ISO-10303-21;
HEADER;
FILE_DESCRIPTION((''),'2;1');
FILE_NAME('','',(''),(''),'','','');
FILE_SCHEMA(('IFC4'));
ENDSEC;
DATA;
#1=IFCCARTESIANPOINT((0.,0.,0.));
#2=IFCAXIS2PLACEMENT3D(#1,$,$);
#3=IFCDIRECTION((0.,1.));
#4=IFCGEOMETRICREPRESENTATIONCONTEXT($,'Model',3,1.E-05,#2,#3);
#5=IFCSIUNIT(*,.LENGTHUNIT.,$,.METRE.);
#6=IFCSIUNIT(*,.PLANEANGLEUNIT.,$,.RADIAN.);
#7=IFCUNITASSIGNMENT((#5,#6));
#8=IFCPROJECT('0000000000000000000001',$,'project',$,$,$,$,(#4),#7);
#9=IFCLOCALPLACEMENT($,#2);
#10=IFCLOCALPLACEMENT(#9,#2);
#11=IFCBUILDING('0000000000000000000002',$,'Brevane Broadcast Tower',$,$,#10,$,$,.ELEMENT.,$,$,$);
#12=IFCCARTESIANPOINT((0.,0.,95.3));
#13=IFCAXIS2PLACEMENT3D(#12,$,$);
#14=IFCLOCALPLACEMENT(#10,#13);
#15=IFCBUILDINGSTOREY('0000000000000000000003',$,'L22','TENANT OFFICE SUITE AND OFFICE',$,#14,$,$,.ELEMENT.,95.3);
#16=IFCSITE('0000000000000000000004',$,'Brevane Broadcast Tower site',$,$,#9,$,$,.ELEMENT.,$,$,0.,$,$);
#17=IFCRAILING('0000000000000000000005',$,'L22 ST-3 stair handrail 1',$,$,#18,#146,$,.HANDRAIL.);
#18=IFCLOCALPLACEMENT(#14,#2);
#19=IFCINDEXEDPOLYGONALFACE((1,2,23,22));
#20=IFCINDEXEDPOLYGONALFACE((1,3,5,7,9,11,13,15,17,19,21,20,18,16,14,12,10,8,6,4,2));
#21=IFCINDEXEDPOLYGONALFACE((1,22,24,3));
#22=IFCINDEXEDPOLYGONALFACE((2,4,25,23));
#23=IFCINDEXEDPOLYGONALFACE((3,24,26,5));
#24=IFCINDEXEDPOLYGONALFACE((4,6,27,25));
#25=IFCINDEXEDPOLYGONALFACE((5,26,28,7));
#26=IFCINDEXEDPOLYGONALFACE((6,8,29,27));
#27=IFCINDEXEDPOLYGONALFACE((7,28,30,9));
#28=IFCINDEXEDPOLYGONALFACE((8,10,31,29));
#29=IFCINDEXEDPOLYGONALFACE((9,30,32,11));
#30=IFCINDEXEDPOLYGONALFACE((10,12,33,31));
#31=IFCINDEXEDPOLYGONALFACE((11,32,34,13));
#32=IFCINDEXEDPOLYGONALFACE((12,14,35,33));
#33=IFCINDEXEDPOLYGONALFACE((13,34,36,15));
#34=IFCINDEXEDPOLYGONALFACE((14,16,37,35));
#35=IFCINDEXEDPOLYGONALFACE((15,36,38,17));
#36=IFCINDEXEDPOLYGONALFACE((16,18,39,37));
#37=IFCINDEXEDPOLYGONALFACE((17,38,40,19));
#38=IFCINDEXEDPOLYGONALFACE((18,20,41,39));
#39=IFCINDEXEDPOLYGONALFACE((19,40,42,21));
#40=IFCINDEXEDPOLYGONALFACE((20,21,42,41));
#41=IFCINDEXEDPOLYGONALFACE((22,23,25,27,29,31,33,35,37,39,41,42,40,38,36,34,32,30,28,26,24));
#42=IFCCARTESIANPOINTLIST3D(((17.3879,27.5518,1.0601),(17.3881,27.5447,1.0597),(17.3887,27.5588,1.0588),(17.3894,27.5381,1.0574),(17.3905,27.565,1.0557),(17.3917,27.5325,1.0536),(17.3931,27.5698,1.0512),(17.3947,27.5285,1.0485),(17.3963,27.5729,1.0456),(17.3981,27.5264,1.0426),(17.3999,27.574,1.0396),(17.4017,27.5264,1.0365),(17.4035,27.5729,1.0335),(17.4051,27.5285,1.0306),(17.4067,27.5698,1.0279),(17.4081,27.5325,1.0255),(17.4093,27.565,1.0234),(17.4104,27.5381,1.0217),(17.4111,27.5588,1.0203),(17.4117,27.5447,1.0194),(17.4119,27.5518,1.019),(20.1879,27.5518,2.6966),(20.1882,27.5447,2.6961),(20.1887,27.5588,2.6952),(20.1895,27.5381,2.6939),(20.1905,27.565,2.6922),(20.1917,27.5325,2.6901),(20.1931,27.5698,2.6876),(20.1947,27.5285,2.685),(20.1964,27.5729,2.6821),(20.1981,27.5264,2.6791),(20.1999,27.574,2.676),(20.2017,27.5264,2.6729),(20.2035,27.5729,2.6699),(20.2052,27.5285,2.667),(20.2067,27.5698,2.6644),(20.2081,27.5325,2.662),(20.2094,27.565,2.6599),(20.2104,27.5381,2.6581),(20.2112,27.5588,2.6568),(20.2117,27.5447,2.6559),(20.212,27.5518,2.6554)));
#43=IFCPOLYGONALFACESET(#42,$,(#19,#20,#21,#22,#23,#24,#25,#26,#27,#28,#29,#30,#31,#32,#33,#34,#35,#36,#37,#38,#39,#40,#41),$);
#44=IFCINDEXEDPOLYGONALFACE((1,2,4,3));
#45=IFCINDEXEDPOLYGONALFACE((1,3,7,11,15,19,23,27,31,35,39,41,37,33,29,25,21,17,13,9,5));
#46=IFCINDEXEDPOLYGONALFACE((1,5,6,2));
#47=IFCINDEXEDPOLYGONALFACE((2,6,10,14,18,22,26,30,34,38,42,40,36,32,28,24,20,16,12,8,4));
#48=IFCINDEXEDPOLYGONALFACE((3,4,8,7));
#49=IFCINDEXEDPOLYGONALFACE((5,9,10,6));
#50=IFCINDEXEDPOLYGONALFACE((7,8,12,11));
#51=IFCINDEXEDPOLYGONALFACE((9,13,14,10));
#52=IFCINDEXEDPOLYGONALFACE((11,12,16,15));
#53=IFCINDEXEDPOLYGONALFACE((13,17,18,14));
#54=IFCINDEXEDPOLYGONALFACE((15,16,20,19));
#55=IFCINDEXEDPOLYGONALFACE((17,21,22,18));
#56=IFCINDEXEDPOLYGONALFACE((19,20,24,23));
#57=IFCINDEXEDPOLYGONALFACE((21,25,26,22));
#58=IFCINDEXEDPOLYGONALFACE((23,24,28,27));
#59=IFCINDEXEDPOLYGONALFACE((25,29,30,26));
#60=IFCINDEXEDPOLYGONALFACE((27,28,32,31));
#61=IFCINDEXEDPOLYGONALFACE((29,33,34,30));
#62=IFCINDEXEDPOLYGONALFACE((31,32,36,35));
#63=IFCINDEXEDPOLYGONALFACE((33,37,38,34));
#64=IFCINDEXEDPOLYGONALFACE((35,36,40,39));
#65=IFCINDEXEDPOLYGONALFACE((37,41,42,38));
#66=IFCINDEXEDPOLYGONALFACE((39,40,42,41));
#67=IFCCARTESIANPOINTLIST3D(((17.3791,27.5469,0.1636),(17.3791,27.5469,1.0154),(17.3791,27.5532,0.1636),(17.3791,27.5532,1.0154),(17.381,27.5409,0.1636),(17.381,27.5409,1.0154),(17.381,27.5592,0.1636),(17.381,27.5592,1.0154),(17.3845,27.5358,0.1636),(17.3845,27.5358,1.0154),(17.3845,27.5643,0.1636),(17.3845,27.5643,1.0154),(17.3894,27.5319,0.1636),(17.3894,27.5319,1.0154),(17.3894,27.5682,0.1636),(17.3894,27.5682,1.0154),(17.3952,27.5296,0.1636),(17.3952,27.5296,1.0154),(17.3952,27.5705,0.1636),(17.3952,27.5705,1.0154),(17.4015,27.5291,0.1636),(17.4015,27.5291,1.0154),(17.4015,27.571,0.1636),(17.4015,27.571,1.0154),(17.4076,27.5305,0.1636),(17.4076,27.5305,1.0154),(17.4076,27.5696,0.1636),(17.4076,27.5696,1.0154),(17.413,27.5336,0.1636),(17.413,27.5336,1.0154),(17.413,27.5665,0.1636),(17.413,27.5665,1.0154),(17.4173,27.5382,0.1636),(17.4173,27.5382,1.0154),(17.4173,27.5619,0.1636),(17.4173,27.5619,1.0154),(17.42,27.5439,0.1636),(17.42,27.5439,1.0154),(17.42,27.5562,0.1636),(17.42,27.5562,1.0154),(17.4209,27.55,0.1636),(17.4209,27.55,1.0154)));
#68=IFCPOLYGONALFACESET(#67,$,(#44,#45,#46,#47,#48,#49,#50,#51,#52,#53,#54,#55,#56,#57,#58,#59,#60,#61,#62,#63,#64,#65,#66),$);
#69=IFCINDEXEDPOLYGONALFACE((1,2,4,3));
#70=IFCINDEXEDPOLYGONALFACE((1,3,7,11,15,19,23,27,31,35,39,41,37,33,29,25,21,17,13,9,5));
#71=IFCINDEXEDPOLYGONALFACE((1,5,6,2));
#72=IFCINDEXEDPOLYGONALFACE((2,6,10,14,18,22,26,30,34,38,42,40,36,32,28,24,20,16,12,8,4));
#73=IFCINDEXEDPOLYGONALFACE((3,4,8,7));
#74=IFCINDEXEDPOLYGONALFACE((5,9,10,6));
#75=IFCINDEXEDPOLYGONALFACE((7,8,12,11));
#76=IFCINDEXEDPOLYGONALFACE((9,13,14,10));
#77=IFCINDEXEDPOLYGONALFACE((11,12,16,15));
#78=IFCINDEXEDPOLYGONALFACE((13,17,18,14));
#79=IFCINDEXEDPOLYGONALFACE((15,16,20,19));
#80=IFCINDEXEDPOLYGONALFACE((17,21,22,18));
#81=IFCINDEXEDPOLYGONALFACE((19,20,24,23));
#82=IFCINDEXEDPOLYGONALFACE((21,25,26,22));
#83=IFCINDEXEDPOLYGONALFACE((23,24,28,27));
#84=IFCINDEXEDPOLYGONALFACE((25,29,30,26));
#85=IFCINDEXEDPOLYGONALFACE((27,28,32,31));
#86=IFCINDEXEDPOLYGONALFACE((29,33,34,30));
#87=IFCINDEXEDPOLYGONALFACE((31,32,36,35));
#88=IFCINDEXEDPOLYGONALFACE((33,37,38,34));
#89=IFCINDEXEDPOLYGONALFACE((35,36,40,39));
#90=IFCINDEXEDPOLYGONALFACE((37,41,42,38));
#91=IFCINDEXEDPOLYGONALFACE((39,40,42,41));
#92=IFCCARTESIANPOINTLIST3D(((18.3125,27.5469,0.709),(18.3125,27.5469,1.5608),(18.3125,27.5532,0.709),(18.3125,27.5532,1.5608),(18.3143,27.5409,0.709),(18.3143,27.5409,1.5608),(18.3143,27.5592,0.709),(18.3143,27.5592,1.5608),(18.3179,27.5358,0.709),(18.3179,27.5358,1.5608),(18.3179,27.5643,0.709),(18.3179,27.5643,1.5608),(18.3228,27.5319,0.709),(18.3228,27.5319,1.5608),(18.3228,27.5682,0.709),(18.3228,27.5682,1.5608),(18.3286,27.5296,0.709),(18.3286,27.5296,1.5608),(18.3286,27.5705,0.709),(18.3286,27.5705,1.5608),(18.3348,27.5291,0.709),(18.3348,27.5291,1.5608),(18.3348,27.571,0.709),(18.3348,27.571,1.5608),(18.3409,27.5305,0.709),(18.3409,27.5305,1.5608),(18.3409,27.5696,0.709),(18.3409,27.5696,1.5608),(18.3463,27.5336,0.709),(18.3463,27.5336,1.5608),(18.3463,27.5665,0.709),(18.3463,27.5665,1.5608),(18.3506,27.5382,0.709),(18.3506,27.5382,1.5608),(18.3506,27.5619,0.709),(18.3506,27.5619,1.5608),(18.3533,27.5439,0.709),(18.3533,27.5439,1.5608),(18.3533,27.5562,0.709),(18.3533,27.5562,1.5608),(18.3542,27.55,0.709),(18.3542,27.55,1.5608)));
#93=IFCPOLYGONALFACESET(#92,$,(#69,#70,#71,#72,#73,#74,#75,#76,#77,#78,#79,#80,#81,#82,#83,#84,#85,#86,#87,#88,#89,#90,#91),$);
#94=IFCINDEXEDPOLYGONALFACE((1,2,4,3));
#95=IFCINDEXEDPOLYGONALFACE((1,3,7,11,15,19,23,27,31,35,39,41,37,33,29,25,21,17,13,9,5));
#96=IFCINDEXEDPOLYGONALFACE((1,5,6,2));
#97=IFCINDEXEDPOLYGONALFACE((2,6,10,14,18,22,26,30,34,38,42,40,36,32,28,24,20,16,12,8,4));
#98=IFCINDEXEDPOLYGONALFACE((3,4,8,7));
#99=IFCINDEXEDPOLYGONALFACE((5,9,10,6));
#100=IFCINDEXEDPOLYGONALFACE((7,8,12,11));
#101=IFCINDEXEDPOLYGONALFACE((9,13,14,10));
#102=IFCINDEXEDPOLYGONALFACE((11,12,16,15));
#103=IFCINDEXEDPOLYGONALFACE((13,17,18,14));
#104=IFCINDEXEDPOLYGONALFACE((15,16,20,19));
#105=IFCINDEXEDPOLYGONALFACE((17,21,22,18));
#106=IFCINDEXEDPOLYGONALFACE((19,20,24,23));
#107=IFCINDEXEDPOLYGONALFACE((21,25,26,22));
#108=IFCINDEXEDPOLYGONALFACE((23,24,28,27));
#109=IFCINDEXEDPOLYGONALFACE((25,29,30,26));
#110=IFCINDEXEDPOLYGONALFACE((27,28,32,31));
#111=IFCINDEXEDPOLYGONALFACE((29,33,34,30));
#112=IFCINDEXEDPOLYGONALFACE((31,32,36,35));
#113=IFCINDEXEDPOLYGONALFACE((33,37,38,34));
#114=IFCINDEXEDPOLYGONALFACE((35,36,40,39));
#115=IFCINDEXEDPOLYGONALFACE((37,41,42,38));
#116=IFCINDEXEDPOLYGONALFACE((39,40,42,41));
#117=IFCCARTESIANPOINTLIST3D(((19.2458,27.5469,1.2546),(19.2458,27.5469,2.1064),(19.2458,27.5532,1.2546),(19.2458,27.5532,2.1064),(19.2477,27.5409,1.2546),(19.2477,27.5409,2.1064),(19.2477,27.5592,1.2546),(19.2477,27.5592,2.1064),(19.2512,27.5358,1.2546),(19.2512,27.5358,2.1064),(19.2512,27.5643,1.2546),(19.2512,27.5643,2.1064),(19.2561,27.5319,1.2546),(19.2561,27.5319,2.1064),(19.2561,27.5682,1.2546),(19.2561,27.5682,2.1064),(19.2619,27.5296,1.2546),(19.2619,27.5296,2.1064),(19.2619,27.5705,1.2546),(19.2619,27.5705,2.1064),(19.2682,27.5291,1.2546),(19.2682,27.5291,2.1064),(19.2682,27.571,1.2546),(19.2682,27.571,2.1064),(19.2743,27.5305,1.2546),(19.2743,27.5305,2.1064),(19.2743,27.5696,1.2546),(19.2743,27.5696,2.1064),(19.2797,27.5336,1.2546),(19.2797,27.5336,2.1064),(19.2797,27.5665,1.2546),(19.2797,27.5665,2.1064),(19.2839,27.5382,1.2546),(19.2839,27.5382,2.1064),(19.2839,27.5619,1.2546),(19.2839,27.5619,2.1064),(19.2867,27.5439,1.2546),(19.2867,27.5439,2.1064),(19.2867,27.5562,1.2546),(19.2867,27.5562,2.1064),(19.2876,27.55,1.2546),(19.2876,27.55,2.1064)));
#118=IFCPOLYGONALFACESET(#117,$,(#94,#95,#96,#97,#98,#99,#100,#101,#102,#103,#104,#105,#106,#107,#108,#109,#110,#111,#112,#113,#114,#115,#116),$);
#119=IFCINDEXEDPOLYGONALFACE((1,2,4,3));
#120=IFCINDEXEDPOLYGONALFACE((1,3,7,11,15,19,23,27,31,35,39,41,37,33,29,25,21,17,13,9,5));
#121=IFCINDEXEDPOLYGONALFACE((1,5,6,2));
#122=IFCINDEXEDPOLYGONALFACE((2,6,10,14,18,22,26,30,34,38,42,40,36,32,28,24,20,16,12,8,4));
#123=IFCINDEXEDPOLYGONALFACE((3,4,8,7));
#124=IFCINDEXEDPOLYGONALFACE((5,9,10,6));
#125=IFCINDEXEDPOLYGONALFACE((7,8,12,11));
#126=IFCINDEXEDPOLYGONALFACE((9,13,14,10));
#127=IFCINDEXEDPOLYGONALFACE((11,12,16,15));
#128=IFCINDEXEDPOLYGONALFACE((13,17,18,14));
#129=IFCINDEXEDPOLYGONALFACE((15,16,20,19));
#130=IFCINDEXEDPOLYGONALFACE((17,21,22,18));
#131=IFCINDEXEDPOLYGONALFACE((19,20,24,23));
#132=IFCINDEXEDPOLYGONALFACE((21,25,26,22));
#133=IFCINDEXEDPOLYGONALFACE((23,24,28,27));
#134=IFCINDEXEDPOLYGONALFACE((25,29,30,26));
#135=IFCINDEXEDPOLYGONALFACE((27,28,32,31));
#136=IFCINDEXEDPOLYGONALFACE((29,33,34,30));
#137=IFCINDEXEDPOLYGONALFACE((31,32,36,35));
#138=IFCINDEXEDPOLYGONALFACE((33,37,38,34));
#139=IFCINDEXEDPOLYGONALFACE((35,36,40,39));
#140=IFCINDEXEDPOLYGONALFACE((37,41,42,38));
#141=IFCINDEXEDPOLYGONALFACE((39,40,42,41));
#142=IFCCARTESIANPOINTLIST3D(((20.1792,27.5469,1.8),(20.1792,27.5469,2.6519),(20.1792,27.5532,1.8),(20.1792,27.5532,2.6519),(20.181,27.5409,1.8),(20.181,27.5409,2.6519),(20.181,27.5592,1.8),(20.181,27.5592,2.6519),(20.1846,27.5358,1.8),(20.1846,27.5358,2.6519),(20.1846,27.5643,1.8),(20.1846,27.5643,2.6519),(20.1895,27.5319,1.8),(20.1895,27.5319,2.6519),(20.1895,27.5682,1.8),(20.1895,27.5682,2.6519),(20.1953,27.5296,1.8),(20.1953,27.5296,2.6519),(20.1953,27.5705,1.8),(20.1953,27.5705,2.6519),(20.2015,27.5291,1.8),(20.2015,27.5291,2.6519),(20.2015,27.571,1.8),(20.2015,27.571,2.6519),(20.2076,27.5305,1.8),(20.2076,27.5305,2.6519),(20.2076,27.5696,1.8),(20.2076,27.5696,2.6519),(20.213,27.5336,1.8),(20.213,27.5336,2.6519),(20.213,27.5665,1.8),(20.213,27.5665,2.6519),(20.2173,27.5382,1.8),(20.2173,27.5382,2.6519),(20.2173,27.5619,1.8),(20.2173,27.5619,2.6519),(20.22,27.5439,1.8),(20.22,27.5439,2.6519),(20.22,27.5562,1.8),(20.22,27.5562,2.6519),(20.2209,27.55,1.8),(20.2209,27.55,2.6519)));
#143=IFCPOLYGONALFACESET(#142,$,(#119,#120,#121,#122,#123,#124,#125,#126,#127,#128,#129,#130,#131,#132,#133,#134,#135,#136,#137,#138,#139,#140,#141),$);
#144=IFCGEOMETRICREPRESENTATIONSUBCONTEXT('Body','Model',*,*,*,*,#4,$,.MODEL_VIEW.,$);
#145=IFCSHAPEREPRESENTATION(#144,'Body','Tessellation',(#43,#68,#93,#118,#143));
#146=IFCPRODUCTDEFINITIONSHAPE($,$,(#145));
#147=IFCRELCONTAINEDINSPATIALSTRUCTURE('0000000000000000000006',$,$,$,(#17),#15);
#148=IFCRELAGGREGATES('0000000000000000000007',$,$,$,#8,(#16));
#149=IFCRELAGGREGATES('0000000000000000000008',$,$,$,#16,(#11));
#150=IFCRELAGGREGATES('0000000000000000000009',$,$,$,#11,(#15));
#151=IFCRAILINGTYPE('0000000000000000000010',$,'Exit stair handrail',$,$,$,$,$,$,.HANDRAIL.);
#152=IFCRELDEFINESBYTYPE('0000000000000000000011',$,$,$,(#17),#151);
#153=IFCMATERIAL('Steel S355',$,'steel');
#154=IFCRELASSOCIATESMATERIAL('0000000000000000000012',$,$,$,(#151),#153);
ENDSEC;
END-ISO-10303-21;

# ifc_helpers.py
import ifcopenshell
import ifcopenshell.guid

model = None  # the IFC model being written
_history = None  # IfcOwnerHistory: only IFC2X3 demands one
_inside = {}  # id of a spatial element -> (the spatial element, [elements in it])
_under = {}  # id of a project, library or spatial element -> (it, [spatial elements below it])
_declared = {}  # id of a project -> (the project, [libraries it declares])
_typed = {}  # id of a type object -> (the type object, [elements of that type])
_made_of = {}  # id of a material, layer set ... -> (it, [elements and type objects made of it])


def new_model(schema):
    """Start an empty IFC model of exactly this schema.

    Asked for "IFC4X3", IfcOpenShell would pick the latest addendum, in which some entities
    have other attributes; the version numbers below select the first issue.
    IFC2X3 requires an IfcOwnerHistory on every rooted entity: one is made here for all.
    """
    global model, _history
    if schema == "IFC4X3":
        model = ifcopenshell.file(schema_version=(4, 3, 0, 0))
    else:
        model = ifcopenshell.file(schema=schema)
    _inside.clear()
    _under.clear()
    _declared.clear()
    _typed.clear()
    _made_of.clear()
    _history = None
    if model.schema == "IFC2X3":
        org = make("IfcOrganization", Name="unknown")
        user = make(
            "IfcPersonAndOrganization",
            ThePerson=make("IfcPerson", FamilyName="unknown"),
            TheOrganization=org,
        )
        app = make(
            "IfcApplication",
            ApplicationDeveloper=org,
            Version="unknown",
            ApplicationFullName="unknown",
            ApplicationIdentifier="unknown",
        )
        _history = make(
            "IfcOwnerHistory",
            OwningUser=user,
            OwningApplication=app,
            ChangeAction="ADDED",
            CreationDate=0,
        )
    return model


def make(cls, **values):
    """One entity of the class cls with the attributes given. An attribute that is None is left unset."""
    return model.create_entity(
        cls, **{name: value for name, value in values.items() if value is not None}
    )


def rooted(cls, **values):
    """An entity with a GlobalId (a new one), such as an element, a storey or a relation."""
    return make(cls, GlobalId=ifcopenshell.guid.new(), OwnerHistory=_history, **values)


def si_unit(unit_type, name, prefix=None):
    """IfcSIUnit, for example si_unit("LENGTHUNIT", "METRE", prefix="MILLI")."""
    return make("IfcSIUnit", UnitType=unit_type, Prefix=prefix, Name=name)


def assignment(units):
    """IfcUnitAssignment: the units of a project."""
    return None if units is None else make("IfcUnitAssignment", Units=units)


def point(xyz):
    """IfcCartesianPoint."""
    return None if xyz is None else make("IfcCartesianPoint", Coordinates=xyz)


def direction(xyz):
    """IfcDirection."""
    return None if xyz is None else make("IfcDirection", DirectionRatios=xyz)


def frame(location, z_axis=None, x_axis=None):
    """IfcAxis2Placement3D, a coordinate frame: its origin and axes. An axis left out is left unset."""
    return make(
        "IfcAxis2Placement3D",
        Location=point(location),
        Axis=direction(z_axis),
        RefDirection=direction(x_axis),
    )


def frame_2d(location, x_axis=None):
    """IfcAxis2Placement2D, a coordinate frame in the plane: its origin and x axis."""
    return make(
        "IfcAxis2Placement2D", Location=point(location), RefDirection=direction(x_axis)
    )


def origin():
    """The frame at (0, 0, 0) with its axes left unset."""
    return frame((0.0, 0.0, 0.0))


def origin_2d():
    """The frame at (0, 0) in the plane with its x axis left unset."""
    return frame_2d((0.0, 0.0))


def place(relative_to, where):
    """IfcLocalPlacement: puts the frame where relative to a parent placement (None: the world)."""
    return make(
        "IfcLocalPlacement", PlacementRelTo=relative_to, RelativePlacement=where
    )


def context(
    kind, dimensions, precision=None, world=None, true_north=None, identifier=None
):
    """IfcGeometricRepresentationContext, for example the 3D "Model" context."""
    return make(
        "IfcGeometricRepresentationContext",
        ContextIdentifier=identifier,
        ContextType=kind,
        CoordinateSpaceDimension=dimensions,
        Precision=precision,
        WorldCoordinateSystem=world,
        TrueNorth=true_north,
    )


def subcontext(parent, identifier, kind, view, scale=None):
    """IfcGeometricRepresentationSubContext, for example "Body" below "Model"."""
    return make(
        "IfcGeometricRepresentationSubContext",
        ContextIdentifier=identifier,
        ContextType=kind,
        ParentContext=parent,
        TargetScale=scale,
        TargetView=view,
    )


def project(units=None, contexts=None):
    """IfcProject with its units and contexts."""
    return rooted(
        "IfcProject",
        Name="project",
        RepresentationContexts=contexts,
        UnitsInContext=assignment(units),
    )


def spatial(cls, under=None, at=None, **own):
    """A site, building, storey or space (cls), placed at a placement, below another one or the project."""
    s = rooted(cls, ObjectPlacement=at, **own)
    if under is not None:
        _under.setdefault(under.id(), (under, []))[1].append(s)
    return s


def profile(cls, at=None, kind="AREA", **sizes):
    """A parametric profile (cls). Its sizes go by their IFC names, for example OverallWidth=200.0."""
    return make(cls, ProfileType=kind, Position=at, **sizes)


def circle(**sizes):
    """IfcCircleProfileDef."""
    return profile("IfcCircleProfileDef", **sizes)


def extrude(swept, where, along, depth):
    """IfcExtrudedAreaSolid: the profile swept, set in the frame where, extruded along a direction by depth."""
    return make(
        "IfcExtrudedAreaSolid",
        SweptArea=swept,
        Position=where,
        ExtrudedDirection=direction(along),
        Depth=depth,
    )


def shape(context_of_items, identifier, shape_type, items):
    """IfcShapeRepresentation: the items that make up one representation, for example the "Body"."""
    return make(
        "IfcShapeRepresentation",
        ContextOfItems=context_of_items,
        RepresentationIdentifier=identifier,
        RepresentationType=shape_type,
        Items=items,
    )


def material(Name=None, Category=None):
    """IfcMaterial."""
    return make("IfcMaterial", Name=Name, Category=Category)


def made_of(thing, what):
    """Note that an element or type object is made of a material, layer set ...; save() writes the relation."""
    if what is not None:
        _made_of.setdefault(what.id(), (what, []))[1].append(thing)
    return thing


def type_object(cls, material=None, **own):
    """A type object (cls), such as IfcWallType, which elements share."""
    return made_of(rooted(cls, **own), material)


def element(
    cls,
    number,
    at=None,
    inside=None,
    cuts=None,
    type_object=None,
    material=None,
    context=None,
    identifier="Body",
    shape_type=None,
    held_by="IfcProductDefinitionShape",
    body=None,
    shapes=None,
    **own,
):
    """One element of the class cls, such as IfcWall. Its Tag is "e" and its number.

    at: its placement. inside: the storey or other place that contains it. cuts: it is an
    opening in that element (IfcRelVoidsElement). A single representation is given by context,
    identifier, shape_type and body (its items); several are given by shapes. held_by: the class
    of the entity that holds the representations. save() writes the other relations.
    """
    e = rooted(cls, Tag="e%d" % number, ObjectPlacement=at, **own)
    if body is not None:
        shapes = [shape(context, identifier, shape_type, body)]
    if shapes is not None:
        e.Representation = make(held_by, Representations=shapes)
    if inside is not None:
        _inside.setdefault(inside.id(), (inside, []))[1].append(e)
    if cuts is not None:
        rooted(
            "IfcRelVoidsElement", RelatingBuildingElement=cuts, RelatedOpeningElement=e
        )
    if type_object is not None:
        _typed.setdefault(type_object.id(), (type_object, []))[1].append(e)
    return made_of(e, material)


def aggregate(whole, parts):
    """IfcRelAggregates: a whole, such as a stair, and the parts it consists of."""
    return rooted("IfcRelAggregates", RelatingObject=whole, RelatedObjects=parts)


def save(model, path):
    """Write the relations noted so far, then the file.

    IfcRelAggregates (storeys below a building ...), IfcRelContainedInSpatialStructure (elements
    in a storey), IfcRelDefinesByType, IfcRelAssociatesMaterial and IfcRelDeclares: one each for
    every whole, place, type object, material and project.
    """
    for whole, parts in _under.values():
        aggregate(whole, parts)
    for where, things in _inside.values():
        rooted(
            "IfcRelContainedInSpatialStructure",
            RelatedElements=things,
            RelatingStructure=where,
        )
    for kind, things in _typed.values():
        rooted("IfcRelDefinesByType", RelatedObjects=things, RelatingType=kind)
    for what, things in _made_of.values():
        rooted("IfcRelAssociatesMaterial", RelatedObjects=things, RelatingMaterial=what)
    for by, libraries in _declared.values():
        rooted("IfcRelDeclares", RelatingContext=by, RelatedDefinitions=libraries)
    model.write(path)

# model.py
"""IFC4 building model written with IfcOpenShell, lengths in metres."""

from ifc_helpers import new_model, si_unit, direction, frame, origin, origin_2d, place, context, subcontext, project, spatial, circle, extrude, material, type_object, element, save


model = new_model("IFC4")

# Units and contexts
model_context = context("Model", 3, precision=1e-05, world=origin(), true_north=direction((0.0, 1.0)))
body_context = subcontext(model_context, "Body", "Model", "MODEL_VIEW")
ifc_project = project(units=[si_unit("LENGTHUNIT", "METRE"), si_unit("PLANEANGLEUNIT", "RADIAN")], contexts=[model_context])

# Site, building, storey
site_placement = place(None, origin())
site = spatial("IfcSite", under=ifc_project, at=site_placement, Name="Brevane Broadcast Tower site", CompositionType="ELEMENT", RefElevation=0.0)
building_placement = place(site_placement, origin())
building = spatial("IfcBuilding", under=site, at=building_placement, Name="Brevane Broadcast Tower", CompositionType="ELEMENT")
storey_placement = place(building_placement, frame((0.0, 0.0, 95.3)))
storey = spatial("IfcBuildingStorey", under=building, at=storey_placement, Name="L22", Description="TENANT OFFICE SUITE AND OFFICE", CompositionType="ELEMENT", Elevation=95.3)

# Railing
ifc_material_1 = material(Name="Steel S355", Category="steel")
railing_type_1 = type_object("IfcRailingType", Name="Exit stair handrail", PredefinedType="HANDRAIL", material=ifc_material_1)
railing_1_placement = place(storey_placement, frame((17.3999, 27.55, 0.1636)))
element("IfcRailing", 1, at=railing_1_placement, inside=storey, type_object=railing_type_1, Name="L22 ST-3 stair handrail 1", PredefinedType="HANDRAIL", context=body_context, shape_type="SweptSolid", body=[
    extrude(circle(Radius=0.0239, at=origin_2d()), frame((0.0, 0.0, 0.876), z_axis=(0.863361, 0.0, 0.504587), x_axis=(0.0, 1.0, 0.0)), (0.0, 0.0, 1.0), 3.2432),
    extrude(circle(Radius=0.021, at=origin_2d()), origin(), (0.0, 0.0, 1.0), 0.8518),
    extrude(circle(Radius=0.021, at=origin_2d()), frame((0.9333, 0.0, 0.5454)), (0.0, 0.0, 1.0), 0.8518),
    extrude(circle(Radius=0.021, at=origin_2d()), frame((1.8667, 0.0, 1.0911)), (0.0, 0.0, 1.0), 0.8518),
    extrude(circle(Radius=0.021, at=origin_2d()), frame((2.8, 0.0, 1.6365)), (0.0, 0.0, 1.0), 0.8518),
])

save(model, "model.ifc")
